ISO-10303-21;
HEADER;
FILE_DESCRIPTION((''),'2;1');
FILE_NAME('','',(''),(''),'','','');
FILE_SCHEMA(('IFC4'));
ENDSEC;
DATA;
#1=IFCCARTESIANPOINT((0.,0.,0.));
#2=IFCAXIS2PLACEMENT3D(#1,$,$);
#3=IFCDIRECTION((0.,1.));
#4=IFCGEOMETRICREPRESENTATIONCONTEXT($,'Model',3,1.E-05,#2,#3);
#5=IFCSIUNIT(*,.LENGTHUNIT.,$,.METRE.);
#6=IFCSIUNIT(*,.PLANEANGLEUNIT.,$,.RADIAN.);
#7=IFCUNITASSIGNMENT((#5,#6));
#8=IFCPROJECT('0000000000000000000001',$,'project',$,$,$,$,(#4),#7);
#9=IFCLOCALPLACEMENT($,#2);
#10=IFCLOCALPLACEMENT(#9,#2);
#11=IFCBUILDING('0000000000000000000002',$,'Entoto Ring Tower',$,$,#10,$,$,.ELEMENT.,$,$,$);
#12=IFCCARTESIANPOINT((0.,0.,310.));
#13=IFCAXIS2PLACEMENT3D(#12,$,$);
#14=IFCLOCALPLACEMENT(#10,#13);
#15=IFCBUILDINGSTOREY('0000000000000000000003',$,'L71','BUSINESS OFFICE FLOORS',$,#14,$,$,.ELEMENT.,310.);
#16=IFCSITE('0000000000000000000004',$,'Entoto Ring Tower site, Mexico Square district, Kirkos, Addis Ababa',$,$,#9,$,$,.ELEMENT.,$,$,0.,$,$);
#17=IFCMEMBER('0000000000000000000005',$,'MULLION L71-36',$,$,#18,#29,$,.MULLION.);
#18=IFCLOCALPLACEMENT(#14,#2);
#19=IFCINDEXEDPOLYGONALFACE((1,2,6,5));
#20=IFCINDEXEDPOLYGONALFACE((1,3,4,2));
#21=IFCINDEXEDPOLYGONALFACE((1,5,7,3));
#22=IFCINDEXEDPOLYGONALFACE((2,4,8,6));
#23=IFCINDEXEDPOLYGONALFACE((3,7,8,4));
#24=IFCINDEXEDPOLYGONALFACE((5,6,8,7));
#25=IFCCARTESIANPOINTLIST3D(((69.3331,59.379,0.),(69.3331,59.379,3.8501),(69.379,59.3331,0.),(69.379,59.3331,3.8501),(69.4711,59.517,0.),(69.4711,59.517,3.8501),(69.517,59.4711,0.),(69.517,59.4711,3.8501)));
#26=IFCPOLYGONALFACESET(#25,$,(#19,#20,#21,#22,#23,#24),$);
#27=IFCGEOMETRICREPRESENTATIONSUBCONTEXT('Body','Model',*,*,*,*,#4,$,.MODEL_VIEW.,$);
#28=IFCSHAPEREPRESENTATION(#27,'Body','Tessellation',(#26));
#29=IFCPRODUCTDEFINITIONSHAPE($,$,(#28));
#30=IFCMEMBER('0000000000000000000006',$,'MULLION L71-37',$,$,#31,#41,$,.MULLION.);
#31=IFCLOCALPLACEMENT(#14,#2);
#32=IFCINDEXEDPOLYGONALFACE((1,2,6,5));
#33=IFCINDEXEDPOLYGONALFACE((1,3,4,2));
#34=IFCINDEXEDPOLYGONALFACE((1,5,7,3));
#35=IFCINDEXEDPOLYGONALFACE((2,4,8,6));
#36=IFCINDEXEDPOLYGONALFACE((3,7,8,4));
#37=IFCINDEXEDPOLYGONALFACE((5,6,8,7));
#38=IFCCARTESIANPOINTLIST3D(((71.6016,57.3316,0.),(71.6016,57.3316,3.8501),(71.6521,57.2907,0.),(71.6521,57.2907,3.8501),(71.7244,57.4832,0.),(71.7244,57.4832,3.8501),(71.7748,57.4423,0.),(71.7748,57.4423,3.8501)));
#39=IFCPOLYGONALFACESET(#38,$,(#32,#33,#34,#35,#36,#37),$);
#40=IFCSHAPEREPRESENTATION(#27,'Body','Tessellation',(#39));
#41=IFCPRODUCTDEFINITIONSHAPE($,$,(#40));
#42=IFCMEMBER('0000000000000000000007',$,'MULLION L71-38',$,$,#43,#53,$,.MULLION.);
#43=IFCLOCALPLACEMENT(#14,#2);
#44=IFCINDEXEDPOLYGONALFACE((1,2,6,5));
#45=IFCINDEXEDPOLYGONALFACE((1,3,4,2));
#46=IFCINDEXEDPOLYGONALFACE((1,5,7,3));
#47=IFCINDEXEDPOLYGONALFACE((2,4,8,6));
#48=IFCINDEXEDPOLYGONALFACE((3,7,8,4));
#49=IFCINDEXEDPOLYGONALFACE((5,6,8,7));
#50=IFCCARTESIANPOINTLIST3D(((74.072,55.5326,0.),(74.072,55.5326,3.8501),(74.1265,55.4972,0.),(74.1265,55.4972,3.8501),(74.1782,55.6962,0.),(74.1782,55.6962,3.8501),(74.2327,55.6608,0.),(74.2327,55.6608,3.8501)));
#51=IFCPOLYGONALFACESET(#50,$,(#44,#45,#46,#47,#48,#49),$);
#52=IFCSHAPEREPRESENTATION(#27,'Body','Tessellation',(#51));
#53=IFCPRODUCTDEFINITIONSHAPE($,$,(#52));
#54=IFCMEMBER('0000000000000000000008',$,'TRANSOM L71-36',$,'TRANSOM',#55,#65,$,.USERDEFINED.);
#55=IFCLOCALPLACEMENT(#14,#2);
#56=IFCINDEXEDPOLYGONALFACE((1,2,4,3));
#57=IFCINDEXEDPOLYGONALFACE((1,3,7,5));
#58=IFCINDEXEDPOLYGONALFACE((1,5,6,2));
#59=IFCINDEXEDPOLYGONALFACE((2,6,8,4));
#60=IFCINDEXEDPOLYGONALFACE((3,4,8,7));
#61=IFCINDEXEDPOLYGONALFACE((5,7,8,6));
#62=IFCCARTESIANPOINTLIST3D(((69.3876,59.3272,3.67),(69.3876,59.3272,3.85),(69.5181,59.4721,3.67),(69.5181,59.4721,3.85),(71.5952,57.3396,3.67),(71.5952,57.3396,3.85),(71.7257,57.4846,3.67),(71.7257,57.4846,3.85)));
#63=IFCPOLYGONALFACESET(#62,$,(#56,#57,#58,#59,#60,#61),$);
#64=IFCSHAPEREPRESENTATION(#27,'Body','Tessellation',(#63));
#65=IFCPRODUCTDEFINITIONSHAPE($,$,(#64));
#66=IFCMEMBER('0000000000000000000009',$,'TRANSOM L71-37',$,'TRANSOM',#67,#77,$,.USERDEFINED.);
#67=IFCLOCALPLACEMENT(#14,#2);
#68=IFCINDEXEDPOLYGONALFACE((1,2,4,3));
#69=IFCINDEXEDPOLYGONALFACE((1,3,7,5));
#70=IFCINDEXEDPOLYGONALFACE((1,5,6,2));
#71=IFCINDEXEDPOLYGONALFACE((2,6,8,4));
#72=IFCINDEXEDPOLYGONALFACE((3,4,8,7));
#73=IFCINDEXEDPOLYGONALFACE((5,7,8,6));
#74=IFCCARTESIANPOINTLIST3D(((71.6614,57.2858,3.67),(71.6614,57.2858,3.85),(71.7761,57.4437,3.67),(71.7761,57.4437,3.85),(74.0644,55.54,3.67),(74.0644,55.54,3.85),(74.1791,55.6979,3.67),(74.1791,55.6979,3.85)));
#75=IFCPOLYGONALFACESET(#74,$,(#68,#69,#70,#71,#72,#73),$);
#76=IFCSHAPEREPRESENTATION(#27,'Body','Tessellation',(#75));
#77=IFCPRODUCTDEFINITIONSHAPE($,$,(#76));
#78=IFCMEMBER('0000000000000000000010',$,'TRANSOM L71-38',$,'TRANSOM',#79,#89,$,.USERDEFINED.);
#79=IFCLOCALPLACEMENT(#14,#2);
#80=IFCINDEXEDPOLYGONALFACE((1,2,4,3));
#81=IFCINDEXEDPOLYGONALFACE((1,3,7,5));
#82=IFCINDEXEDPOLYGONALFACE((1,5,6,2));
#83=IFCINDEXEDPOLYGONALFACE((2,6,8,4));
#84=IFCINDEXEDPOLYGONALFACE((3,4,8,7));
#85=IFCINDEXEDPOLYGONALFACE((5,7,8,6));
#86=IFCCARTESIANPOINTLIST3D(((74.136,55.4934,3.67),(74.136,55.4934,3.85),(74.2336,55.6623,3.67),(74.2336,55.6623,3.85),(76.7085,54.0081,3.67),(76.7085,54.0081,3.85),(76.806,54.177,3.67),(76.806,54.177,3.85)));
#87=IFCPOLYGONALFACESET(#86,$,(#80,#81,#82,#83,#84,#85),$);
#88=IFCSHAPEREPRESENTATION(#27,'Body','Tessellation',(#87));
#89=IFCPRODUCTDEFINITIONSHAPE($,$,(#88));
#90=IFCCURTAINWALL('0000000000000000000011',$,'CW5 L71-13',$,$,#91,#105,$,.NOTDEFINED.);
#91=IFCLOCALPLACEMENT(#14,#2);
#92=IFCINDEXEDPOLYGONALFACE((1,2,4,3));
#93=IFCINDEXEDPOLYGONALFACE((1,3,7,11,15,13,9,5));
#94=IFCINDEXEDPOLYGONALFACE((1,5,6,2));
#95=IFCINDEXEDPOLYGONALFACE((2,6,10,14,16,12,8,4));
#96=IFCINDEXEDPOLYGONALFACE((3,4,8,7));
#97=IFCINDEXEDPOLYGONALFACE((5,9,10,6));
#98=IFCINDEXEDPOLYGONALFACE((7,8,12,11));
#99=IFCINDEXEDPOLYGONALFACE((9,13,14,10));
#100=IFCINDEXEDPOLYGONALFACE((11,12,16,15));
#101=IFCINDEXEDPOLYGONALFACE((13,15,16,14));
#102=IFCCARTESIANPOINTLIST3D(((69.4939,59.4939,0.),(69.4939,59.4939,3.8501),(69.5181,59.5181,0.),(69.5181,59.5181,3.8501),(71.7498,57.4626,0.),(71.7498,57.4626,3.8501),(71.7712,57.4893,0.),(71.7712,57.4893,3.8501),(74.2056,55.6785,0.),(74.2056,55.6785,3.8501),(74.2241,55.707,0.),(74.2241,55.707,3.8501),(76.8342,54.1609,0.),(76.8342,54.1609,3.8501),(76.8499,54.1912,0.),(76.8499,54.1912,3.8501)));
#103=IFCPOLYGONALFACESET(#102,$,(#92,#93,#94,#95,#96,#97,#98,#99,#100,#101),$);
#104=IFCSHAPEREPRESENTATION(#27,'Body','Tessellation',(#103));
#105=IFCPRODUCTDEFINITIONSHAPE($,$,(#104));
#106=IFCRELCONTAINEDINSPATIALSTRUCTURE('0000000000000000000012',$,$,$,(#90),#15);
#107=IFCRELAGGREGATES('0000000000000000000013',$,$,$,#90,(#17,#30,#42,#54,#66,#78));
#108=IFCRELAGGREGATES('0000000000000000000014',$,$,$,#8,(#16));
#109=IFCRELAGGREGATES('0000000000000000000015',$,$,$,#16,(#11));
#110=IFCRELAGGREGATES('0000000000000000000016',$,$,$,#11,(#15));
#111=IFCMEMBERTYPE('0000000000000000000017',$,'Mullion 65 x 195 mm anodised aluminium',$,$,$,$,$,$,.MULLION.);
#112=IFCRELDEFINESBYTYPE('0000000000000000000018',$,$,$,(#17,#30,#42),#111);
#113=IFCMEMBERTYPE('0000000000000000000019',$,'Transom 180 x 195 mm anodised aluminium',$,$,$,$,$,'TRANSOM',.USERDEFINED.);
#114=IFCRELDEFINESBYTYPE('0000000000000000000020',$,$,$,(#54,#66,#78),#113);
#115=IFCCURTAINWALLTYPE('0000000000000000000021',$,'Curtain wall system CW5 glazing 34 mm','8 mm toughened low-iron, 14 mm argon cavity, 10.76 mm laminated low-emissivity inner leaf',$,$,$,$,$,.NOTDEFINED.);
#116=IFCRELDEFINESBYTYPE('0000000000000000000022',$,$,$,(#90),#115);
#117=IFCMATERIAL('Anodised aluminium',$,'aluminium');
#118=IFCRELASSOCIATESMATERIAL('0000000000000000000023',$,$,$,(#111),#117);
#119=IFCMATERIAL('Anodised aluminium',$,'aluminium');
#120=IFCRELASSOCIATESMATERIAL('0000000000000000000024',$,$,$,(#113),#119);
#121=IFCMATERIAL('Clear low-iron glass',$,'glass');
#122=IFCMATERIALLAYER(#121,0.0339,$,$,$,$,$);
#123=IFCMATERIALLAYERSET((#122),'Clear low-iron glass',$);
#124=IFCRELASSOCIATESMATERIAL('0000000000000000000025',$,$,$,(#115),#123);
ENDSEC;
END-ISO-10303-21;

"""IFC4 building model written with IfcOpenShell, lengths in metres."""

from ifc_helpers import new_model, si_unit, direction, frame, origin, origin_2d, place, context, subcontext, project, spatial, polyline, rectangle, outline, extrude, material, layer, layer_set, material_profile, profile_set, type_object, element, aggregate, save


model = new_model("IFC4")

# Units and contexts
model_context = context("Model", 3, precision=1e-05, world=origin(), true_north=direction((0.0, 1.0)))
body_context = subcontext(model_context, "Body", "Model", "MODEL_VIEW")
ifc_project = project(units=[si_unit("LENGTHUNIT", "METRE"), si_unit("PLANEANGLEUNIT", "RADIAN")], contexts=[model_context])

# Members
ifc_material_1 = material(Name="Anodised aluminium", Category="aluminium")
ifc_material_profile_1 = material_profile(ifc_material_1, rectangle(XDim=0.0649, YDim=0.1951, at=origin_2d()), Name="Mullion 65 x 195 mm anodised aluminium")
ifc_profile_set_1 = profile_set([ifc_material_profile_1], Name="Anodised aluminium")
member_type_1 = type_object("IfcMemberType", Name="Mullion 65 x 195 mm anodised aluminium", PredefinedType="MULLION", material=ifc_profile_set_1)
site_placement = place(None, origin())
building_placement = place(site_placement, origin())
storey_placement = place(building_placement, frame((0.0, 0.0, 310.0)))
member_1_placement = place(storey_placement, frame((69.425, 59.425, 0.0), z_axis=(0.0, 0.0, 1.0), x_axis=(0.707107, -0.707107, 0.0)))
member_1 = element("IfcMember", 1, at=member_1_placement, type_object=member_type_1, Name="MULLION L71-36", PredefinedType="MULLION", context=body_context, shape_type="SweptSolid", body=[
    extrude(rectangle(XDim=0.0649, YDim=0.1951, at=origin_2d()), origin(), (0.0, 0.0, 1.0), 3.8501),
])
member_2_placement = place(storey_placement, frame((71.6882, 57.387, 0.0), z_axis=(0.0, 0.0, 1.0), x_axis=(0.777146, -0.62932, 0.0)))
member_2 = element("IfcMember", 2, at=member_2_placement, type_object=member_type_1, Name="MULLION L71-37", PredefinedType="MULLION", context=body_context, shape_type="SweptSolid", body=[
    extrude(rectangle(XDim=0.0649, YDim=0.1951, at=origin_2d()), origin(), (0.0, 0.0, 1.0), 3.8501),
])
member_3_placement = place(storey_placement, frame((74.1523, 55.5967, 0.0), z_axis=(0.0, 0.0, 1.0), x_axis=(0.838671, -0.544639, 0.0)))
member_3 = element("IfcMember", 3, at=member_3_placement, type_object=member_type_1, Name="MULLION L71-38", PredefinedType="MULLION", context=body_context, shape_type="SweptSolid", body=[
    extrude(rectangle(XDim=0.0649, YDim=0.1951, at=origin_2d()), origin(), (0.0, 0.0, 1.0), 3.8501),
])
ifc_material_2 = material(Name="Anodised aluminium", Category="aluminium")
ifc_material_profile_2 = material_profile(ifc_material_2, rectangle(XDim=0.1951, YDim=0.1799, at=origin_2d()), Name="Transom 180 x 195 mm anodised aluminium")
ifc_profile_set_2 = profile_set([ifc_material_profile_2], Name="Anodised aluminium")
member_type_2 = type_object("IfcMemberType", Name="Transom 180 x 195 mm anodised aluminium", ElementType="TRANSOM", PredefinedType="USERDEFINED", material=ifc_profile_set_2)
member_4_placement = place(storey_placement, frame((69.4529, 59.3997, 3.76), z_axis=(0.743163, -0.66911, 0.0), x_axis=(0.66911, 0.743163, 0.0)))
member_4 = element("IfcMember", 4, at=member_4_placement, type_object=member_type_2, Name="TRANSOM L71-36", ObjectType="TRANSOM", PredefinedType="USERDEFINED", context=body_context, shape_type="SweptSolid", body=[
    extrude(rectangle(XDim=0.1951, YDim=0.1799, at=origin_2d()), origin(), (0.0, 0.0, 1.0), 2.9705),
])
member_5_placement = place(storey_placement, frame((71.7188, 57.3647, 3.76), z_axis=(0.809031, -0.587766, 0.0), x_axis=(0.587766, 0.809031, 0.0)))
member_5 = element("IfcMember", 5, at=member_5_placement, type_object=member_type_2, Name="TRANSOM L71-37", ObjectType="TRANSOM", PredefinedType="USERDEFINED", context=body_context, shape_type="SweptSolid", body=[
    extrude(rectangle(XDim=0.1951, YDim=0.1799, at=origin_2d()), origin(), (0.0, 0.0, 1.0), 2.9702),
])
member_6_placement = place(storey_placement, frame((74.1848, 55.5779, 3.76), z_axis=(0.866009, -0.500028, 0.0), x_axis=(0.500028, 0.866009, 0.0)))
member_6 = element("IfcMember", 6, at=member_6_placement, type_object=member_type_2, Name="TRANSOM L71-38", ObjectType="TRANSOM", PredefinedType="USERDEFINED", context=body_context, shape_type="SweptSolid", body=[
    extrude(rectangle(XDim=0.1951, YDim=0.1799, at=origin_2d()), origin(), (0.0, 0.0, 1.0), 2.9705),
])

# Site, building, storey
site = spatial("IfcSite", under=ifc_project, at=site_placement, Name="Entoto Ring Tower site, Mexico Square district, Kirkos, Addis Ababa", CompositionType="ELEMENT", RefElevation=0.0)
building = spatial("IfcBuilding", under=site, at=building_placement, Name="Entoto Ring Tower", CompositionType="ELEMENT")
storey = spatial("IfcBuildingStorey", under=building, at=storey_placement, Name="L71", Description="BUSINESS OFFICE FLOORS", CompositionType="ELEMENT", Elevation=310.0)

# Curtain wall
ifc_material_3 = material(Name="Clear low-iron glass", Category="glass")
ifc_layer = layer(ifc_material_3, 0.0339)
ifc_layer_set = layer_set([ifc_layer], Name="Clear low-iron glass")
curtain_wall_type = type_object("IfcCurtainWallType", Name="Curtain wall system CW5 glazing 34 mm", Description="8 mm toughened low-iron, 14 mm argon cavity, 10.76 mm laminated low-emissivity inner leaf", PredefinedType="NOTDEFINED", material=ifc_layer_set)
curtain_wall_1_placement = place(storey_placement, origin())
curtain_wall_1 = element("IfcCurtainWall", 7, at=curtain_wall_1_placement, inside=storey, type_object=curtain_wall_type, Name="CW5 L71-13", PredefinedType="NOTDEFINED", context=body_context, shape_type="SweptSolid", body=[
    extrude(outline(polyline([(69.4939, 59.4939), (71.7498, 57.4626), (74.2056, 55.6785), (76.8342, 54.1609), (76.8499, 54.1912), (74.2241, 55.707), (71.7712, 57.4893), (69.5181, 59.5181), (69.4939, 59.4939)])), origin(), (0.0, 0.0, 1.0), 3.8501),
])
aggregate(curtain_wall_1, [member_1, member_2, member_3, member_4, member_5, member_6])

save(model, "model.ifc")
